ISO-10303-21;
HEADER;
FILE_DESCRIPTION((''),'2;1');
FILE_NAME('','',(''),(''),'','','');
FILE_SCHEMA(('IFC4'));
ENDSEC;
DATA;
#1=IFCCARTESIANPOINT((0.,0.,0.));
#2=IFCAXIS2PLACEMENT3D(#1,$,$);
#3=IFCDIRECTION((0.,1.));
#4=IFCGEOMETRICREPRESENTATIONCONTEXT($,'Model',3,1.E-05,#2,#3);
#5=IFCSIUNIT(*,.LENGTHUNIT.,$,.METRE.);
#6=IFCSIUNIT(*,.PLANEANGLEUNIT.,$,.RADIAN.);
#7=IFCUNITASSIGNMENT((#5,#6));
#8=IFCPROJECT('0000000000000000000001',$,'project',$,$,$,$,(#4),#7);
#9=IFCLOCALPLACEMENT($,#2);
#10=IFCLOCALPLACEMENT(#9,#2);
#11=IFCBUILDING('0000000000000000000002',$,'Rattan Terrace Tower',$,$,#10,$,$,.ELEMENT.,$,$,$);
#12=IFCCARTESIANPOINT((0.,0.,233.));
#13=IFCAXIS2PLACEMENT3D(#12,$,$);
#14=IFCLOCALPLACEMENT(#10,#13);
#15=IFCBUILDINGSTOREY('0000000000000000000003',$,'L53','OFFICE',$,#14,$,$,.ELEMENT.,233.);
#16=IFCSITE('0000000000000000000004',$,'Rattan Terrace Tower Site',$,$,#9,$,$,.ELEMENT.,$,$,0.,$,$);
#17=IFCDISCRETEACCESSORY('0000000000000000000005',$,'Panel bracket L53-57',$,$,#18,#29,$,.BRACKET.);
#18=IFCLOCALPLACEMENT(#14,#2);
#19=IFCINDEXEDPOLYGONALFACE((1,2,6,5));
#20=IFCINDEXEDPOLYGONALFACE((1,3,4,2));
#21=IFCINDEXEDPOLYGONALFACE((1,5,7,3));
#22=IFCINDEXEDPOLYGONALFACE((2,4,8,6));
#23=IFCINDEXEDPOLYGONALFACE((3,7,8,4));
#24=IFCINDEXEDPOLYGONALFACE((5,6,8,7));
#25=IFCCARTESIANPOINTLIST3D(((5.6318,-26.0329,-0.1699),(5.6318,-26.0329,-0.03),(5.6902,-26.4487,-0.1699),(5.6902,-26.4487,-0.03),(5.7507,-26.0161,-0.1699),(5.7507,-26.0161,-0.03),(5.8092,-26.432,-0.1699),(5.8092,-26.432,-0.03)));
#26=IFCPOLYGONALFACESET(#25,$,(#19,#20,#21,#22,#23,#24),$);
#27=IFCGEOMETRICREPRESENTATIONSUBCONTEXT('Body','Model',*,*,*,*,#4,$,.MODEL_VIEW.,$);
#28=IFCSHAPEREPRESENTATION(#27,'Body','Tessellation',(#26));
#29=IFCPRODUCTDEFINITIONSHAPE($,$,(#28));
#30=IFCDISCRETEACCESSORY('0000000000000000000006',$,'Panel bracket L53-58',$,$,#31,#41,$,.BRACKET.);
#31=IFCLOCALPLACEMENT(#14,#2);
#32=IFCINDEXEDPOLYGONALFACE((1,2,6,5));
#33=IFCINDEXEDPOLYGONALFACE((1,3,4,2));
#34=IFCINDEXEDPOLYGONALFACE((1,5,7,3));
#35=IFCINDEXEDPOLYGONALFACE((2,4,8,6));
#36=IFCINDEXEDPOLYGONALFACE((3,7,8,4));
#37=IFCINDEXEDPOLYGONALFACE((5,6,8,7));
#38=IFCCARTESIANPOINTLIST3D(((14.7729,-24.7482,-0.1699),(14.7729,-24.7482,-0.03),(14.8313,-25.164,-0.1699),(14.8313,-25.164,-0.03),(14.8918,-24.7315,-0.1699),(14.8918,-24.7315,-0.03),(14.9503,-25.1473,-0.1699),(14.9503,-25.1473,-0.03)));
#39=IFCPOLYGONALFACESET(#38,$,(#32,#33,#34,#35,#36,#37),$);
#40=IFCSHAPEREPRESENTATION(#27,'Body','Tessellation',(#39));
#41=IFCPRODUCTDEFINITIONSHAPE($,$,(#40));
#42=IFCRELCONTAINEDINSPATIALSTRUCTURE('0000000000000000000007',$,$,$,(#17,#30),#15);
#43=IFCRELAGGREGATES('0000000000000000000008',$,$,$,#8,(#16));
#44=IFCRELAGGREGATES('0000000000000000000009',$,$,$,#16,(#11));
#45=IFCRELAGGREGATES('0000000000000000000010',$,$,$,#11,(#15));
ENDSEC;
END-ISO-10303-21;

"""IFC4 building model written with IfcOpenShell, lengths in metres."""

from ifc_helpers import new_model, si_unit, direction, frame, origin, origin_2d, place, context, subcontext, project, spatial, rectangle, extrude, element, save


model = new_model("IFC4")

# Units and contexts
model_context = context("Model", 3, precision=1e-05, world=origin(), true_north=direction((0.0, 1.0)))
body_context = subcontext(model_context, "Body", "Model", "MODEL_VIEW")
ifc_project = project(units=[si_unit("LENGTHUNIT", "METRE"), si_unit("PLANEANGLEUNIT", "RADIAN")], contexts=[model_context])

# Site, building, storey
site_placement = place(None, origin())
site = spatial("IfcSite", under=ifc_project, at=site_placement, Name="Rattan Terrace Tower Site", CompositionType="ELEMENT", RefElevation=0.0)
building_placement = place(site_placement, origin())
building = spatial("IfcBuilding", under=site, at=building_placement, Name="Rattan Terrace Tower", CompositionType="ELEMENT")
storey_placement = place(building_placement, frame((0.0, 0.0, 233.0)))
storey = spatial("IfcBuildingStorey", under=building, at=storey_placement, Name="L53", Description="OFFICE", CompositionType="ELEMENT", Elevation=233.0)

# Discrete accessories
for number, where, z_axis, x_axis, name in (
    (1, (5.7205, -26.2324, -0.1699), (0.0, 0.0, 1.0), (0.990267, 0.139177, 0.0), "Panel bracket L53-57"),
    (2, (14.8616, -24.9478, -0.1699), (0.0, 0.0, 1.0), (0.990267, 0.139177, 0.0), "Panel bracket L53-58"),
):
    element("IfcDiscreteAccessory", number, at=place(storey_placement, frame(where, z_axis=z_axis, x_axis=x_axis)), inside=storey, Name=name, PredefinedType="BRACKET", context=body_context, shape_type="SweptSolid", body=[
        extrude(rectangle(XDim=0.1201, YDim=0.4199, at=origin_2d()), origin(), (0.0, 0.0, 1.0), 0.1399),
    ])

save(model, "model.ifc")
